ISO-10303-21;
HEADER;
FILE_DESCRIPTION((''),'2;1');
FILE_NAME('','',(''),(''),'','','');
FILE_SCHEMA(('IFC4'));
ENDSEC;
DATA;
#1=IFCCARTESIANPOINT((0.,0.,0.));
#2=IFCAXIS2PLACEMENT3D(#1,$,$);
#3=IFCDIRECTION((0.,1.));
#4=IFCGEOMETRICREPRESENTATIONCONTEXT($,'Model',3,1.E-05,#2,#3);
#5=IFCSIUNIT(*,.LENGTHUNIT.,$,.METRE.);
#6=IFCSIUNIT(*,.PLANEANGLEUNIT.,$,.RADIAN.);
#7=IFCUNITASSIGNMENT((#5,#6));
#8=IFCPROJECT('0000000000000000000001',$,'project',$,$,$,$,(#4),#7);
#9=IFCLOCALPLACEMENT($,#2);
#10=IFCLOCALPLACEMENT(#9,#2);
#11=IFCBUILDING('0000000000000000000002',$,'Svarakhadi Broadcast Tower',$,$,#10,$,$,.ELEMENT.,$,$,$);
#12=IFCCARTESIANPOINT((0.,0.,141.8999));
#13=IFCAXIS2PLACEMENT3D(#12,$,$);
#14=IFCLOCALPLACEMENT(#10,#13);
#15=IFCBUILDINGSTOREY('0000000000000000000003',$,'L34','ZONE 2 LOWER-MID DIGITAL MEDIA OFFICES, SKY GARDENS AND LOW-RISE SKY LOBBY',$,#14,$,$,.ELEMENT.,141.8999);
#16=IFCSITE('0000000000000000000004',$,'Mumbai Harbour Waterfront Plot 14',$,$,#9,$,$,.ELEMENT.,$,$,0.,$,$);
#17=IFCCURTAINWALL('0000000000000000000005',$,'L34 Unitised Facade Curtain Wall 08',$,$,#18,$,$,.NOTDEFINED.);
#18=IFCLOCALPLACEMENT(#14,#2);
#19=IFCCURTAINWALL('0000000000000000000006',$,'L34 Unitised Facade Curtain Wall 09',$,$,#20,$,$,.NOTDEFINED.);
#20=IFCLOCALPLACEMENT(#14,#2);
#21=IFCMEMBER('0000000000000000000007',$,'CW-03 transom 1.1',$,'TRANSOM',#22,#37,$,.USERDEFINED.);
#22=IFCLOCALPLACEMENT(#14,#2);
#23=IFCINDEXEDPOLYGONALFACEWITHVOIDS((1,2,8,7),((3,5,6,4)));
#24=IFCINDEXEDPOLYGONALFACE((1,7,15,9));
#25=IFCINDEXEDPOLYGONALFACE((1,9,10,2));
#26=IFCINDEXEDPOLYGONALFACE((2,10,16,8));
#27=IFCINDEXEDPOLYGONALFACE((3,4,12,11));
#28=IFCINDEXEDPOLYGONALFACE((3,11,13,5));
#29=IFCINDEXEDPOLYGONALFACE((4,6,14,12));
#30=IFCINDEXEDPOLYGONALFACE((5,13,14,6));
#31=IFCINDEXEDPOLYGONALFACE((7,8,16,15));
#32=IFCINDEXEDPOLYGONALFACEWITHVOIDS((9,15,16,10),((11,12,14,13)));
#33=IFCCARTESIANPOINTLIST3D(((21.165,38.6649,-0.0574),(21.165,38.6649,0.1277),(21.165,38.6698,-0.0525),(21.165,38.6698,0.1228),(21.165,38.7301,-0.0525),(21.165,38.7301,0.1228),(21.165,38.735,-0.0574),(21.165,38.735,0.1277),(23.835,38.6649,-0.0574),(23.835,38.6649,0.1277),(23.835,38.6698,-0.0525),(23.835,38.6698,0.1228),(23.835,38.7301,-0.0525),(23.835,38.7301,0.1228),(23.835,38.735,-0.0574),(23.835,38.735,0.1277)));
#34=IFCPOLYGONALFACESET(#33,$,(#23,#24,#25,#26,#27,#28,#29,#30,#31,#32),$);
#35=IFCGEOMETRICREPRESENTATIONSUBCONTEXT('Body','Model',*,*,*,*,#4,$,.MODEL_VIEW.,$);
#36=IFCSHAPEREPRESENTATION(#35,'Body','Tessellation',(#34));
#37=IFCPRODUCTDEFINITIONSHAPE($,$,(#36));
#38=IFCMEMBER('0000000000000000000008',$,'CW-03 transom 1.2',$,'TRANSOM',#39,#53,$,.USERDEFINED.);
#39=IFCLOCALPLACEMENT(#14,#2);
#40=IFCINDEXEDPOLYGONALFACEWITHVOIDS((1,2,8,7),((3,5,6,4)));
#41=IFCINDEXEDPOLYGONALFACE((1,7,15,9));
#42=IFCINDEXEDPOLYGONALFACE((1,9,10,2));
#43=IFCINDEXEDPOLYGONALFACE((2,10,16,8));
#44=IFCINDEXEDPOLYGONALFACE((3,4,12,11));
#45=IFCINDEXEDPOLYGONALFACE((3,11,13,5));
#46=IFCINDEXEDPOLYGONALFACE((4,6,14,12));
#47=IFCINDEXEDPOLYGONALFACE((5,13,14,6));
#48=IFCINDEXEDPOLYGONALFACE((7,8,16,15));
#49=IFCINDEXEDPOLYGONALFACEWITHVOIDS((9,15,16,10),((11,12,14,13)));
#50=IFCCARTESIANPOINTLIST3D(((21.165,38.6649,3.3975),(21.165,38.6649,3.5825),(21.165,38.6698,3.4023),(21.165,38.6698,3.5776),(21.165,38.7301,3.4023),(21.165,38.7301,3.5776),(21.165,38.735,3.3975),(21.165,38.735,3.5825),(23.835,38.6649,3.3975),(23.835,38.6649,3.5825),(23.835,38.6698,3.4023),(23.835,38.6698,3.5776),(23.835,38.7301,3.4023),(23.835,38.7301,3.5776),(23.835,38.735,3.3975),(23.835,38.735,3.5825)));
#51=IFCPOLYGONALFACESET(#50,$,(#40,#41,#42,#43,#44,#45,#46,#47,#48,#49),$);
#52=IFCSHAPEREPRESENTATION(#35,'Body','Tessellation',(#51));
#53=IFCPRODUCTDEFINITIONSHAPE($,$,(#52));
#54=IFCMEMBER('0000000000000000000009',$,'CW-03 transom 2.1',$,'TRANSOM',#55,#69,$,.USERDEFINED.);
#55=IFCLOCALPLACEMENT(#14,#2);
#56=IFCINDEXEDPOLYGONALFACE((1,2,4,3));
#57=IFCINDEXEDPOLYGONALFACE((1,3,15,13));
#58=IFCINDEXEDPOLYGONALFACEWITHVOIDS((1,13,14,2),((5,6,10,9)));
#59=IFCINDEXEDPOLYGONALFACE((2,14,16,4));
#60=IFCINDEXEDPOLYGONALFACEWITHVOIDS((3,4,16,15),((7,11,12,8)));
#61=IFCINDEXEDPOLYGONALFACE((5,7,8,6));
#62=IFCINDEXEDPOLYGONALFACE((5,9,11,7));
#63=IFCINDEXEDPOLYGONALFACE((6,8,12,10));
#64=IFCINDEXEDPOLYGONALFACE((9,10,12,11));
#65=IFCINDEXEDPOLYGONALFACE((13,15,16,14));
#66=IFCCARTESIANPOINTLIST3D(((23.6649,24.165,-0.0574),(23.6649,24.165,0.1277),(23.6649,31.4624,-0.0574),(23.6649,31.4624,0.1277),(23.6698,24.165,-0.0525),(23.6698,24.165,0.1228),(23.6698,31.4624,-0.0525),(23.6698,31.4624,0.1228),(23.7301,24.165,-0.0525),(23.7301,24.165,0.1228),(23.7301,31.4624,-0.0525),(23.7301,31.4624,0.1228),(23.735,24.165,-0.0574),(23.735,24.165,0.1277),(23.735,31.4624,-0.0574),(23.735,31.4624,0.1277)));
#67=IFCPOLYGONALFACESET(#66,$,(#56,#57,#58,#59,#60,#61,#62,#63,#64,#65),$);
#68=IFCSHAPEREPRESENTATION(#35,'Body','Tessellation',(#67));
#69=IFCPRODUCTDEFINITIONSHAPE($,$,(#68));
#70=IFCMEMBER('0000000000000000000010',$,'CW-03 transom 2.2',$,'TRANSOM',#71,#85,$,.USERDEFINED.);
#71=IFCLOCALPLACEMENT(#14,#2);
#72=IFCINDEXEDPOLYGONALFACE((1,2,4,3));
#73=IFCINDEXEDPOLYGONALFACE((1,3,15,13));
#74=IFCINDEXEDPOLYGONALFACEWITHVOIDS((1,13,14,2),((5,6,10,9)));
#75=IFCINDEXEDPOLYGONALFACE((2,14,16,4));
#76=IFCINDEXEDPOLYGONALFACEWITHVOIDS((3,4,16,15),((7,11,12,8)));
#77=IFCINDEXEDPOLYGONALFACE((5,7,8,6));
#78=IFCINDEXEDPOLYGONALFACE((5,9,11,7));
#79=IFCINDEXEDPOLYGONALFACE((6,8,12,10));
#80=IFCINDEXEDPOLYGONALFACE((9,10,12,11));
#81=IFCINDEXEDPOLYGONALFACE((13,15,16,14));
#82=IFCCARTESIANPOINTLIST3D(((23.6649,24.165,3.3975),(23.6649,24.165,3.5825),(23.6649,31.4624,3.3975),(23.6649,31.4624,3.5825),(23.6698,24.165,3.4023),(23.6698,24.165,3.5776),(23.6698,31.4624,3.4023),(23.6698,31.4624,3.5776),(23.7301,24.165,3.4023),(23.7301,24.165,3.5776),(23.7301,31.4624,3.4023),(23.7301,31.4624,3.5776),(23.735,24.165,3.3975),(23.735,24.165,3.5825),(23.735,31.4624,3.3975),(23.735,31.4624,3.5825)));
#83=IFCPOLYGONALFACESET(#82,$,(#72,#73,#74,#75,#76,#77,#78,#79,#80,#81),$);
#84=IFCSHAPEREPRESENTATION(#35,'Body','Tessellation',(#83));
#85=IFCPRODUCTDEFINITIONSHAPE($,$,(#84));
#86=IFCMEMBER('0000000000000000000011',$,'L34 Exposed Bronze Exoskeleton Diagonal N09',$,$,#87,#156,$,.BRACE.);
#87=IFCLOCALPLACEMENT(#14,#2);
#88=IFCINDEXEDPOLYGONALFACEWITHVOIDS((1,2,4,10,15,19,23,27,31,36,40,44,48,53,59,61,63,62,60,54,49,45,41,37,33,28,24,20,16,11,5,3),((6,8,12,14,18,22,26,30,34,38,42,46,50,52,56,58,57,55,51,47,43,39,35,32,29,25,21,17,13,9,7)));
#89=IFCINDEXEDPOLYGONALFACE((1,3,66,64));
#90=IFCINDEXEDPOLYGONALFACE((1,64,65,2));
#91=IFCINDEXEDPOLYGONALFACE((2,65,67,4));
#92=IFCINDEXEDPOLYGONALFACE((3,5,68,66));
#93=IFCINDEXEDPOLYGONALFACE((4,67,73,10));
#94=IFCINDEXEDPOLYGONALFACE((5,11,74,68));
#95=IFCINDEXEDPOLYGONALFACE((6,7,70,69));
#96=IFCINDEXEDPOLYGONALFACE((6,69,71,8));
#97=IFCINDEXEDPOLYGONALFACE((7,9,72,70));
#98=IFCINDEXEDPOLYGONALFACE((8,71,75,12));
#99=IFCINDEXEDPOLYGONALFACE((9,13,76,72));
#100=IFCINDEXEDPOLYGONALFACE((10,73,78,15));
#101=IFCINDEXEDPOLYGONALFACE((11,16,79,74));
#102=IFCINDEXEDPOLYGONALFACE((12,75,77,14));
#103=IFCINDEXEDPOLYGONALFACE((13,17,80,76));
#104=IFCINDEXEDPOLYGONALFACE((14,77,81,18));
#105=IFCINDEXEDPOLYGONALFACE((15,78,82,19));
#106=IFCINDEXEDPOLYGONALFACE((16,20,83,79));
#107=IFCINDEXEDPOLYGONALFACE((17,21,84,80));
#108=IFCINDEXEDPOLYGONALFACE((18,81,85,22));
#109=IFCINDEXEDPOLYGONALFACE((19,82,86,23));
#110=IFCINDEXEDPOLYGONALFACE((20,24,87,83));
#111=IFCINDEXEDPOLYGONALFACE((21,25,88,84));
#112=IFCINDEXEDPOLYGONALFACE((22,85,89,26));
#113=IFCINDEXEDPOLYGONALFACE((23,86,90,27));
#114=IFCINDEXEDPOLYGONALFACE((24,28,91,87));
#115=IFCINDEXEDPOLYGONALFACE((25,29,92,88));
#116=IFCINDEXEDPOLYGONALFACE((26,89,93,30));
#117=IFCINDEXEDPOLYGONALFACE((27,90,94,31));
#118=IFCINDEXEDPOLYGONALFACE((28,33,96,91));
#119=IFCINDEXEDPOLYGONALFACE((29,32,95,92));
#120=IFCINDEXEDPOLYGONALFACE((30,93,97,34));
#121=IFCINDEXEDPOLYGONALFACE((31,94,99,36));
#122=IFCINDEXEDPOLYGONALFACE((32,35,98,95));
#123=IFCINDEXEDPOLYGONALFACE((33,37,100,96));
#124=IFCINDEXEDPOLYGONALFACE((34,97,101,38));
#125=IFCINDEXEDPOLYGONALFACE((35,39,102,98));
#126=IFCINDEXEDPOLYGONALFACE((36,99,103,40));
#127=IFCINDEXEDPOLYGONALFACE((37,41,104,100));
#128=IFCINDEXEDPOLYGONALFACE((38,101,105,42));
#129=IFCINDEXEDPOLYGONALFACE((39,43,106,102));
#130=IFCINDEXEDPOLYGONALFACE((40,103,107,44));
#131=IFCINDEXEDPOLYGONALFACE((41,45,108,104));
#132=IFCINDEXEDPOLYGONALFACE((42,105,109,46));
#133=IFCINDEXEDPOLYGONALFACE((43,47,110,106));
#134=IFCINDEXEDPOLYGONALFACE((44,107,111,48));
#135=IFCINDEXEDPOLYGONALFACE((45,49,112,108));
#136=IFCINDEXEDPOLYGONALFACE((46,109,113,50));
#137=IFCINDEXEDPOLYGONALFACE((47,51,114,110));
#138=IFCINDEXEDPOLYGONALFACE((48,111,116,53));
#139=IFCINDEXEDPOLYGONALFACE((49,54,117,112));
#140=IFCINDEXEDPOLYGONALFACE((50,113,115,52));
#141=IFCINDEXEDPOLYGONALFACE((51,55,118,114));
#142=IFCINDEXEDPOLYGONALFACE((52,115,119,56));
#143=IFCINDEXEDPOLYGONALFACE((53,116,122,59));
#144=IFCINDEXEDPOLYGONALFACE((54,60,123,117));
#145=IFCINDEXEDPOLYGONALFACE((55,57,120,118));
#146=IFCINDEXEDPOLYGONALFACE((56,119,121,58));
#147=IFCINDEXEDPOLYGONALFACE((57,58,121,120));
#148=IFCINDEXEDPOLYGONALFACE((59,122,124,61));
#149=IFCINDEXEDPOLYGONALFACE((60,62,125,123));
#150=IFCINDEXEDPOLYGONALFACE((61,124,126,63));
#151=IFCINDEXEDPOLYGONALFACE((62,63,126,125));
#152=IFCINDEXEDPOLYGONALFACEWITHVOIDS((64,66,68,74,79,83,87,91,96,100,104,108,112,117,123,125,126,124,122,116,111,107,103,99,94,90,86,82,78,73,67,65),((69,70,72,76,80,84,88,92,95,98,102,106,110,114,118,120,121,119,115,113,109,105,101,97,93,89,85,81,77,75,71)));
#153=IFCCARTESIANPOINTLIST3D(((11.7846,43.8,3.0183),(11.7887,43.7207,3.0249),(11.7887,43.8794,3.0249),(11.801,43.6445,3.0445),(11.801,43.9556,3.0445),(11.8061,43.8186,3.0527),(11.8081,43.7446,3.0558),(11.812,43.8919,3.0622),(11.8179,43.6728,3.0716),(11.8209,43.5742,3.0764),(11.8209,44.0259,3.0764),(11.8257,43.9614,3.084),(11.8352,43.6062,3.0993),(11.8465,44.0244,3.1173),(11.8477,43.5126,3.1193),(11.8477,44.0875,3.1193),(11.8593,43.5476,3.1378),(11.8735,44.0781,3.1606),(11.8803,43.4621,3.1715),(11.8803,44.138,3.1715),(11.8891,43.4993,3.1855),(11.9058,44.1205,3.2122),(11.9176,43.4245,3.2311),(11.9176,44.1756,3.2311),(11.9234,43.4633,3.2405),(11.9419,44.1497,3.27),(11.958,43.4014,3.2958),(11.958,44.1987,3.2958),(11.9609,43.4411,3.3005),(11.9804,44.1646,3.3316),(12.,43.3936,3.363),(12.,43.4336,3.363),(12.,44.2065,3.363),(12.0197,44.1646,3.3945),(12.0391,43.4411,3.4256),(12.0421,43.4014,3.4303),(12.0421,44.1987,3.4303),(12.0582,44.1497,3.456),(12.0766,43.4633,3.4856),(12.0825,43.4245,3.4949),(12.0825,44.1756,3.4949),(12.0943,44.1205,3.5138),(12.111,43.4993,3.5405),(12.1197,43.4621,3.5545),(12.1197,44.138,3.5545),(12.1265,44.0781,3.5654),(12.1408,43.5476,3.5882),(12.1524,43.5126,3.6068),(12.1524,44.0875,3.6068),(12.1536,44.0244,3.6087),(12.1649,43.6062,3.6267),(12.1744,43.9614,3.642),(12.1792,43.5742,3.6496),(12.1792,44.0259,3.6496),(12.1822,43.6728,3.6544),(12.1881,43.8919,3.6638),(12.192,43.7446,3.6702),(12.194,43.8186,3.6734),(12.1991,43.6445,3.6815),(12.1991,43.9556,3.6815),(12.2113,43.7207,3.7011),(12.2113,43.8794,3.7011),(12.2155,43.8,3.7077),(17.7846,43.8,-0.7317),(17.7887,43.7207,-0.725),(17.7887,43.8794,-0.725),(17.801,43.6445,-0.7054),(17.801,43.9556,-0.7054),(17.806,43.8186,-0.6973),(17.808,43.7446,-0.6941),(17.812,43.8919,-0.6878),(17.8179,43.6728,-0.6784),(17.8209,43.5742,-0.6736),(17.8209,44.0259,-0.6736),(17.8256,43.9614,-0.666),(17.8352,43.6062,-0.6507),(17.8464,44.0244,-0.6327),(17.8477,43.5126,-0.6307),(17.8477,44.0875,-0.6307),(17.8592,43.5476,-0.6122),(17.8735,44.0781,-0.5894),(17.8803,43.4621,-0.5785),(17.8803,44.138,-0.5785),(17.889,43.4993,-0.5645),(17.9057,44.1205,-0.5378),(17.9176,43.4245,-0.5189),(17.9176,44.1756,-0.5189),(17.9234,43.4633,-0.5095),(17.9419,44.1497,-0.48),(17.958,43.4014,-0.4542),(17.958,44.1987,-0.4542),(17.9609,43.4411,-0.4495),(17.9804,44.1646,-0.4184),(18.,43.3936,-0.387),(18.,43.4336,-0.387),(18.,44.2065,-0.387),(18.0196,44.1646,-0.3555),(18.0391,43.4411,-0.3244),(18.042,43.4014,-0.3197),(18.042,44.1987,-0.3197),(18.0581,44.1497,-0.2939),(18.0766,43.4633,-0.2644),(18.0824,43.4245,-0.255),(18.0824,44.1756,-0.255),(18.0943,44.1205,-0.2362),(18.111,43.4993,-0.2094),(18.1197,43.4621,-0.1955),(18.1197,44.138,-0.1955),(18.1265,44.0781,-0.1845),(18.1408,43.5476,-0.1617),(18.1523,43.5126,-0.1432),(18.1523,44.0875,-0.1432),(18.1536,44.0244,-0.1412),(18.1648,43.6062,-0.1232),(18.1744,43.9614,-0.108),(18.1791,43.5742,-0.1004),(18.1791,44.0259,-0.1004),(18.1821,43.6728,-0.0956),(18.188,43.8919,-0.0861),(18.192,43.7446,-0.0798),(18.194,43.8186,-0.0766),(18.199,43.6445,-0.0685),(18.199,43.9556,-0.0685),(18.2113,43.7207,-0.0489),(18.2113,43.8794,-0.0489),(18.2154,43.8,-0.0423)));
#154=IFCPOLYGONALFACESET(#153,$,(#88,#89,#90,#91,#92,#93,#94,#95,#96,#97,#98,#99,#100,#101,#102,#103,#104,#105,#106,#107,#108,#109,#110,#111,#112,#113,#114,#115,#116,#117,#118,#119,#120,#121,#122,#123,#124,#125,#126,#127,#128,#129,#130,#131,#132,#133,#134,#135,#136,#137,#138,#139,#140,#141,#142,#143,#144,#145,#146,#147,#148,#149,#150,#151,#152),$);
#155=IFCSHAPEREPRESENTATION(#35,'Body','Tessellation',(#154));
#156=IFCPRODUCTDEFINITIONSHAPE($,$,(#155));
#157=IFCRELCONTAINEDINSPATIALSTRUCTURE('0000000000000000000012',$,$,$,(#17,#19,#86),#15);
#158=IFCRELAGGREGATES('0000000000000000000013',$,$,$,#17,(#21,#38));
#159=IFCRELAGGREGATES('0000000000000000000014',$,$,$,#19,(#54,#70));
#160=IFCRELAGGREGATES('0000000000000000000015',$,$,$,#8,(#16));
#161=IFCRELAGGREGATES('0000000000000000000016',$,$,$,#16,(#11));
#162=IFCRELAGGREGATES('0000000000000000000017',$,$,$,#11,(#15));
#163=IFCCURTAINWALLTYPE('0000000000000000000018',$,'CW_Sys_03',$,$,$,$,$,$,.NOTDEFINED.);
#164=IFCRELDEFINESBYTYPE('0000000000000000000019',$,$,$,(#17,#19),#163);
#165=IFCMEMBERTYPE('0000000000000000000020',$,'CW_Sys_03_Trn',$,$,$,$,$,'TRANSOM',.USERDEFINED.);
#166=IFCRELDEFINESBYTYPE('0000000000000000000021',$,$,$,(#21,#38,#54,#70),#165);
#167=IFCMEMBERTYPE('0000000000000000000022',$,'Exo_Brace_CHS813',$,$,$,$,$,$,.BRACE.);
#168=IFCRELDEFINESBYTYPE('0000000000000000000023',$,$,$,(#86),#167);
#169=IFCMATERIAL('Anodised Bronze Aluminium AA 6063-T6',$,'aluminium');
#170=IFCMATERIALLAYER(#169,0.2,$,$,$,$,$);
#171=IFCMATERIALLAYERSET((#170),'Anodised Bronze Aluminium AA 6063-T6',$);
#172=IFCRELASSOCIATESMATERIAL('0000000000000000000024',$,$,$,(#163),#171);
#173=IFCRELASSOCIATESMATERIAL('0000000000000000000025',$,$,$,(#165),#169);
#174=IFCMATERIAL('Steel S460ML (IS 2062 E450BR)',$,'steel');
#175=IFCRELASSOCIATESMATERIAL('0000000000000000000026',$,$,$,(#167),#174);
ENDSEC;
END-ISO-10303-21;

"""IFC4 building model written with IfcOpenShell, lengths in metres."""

from ifc_helpers import new_model, si_unit, direction, frame, origin, origin_2d, place, context, subcontext, project, spatial, hollow_rectangle, hollow_circle, extrude, material, layer, layer_set, material_profile, profile_set, type_object, element, aggregate, save


model = new_model("IFC4")

# Units and contexts
model_context = context("Model", 3, precision=1e-05, world=origin(), true_north=direction((0.0, 1.0)))
body_context = subcontext(model_context, "Body", "Model", "MODEL_VIEW")
ifc_project = project(units=[si_unit("LENGTHUNIT", "METRE"), si_unit("PLANEANGLEUNIT", "RADIAN")], contexts=[model_context])

# Site, building, storey
site_placement = place(None, origin())
site = spatial("IfcSite", under=ifc_project, at=site_placement, Name="Mumbai Harbour Waterfront Plot 14", CompositionType="ELEMENT", RefElevation=0.0)
building_placement = place(site_placement, origin())
building = spatial("IfcBuilding", under=site, at=building_placement, Name="Svarakhadi Broadcast Tower", CompositionType="ELEMENT")
storey_placement = place(building_placement, frame((0.0, 0.0, 141.8999)))
storey = spatial("IfcBuildingStorey", under=building, at=storey_placement, Name="L34", Description="ZONE 2 LOWER-MID DIGITAL MEDIA OFFICES, SKY GARDENS AND LOW-RISE SKY LOBBY", CompositionType="ELEMENT", Elevation=141.8999)

# Shared definitions
ifc_material_1 = material(Name="Anodised Bronze Aluminium AA 6063-T6", Category="aluminium")
ifc_layer_1 = layer(ifc_material_1, 0.2)
ifc_layer_set_1 = layer_set([ifc_layer_1], Name="Anodised Bronze Aluminium AA 6063-T6")
curtain_wall_type = type_object("IfcCurtainWallType", Name="CW_Sys_03", PredefinedType="NOTDEFINED", material=ifc_layer_set_1)

# Curtain wall
curtain_wall_1_placement = place(storey_placement, origin())
curtain_wall_1 = element("IfcCurtainWall", 1, at=curtain_wall_1_placement, inside=storey, type_object=curtain_wall_type, Name="L34 Unitised Facade Curtain Wall 08", PredefinedType="NOTDEFINED")

# Curtain wall
curtain_wall_2_placement = place(storey_placement, origin())
curtain_wall_2 = element("IfcCurtainWall", 2, at=curtain_wall_2_placement, inside=storey, type_object=curtain_wall_type, Name="L34 Unitised Facade Curtain Wall 09", PredefinedType="NOTDEFINED")

# Members
ifc_material_profile_1 = material_profile(ifc_material_1, hollow_rectangle(XDim=0.0701, YDim=0.1851, WallThickness=0.0049, at=origin_2d()), Name="ALU TRANSOM 185x70x5")
ifc_profile_set_1 = profile_set([ifc_material_profile_1], Name="Anodised Bronze Aluminium AA 6063-T6")
member_type_1 = type_object("IfcMemberType", Name="CW_Sys_03_Trn", ElementType="TRANSOM", PredefinedType="USERDEFINED", material=ifc_profile_set_1)
member_1_placement = place(storey_placement, frame((21.165, 38.7, 0.0352), z_axis=(1.0, 0.0, 0.0), x_axis=(0.0, 1.0, 0.0)))
member_1 = element("IfcMember", 3, at=member_1_placement, type_object=member_type_1, Name="CW-03 transom 1.1", ObjectType="TRANSOM", PredefinedType="USERDEFINED", context=body_context, shape_type="SweptSolid", body=[
    extrude(hollow_rectangle(XDim=0.0701, YDim=0.1851, WallThickness=0.0049, at=origin_2d()), origin(), (0.0, 0.0, 1.0), 2.6699),
])
member_2_placement = place(storey_placement, frame((21.165, 38.7, 3.49), z_axis=(1.0, 0.0, 0.0), x_axis=(0.0, 1.0, 0.0)))
member_2 = element("IfcMember", 4, at=member_2_placement, type_object=member_type_1, Name="CW-03 transom 1.2", ObjectType="TRANSOM", PredefinedType="USERDEFINED", context=body_context, shape_type="SweptSolid", body=[
    extrude(hollow_rectangle(XDim=0.0701, YDim=0.1851, WallThickness=0.0049, at=origin_2d()), origin(), (0.0, 0.0, 1.0), 2.6699),
])
member_3_placement = place(storey_placement, frame((23.7, 31.4624, 0.0352), z_axis=(0.0, -1.0, 0.0), x_axis=(1.0, 0.0, 0.0)))
member_3 = element("IfcMember", 5, at=member_3_placement, type_object=member_type_1, Name="CW-03 transom 2.1", ObjectType="TRANSOM", PredefinedType="USERDEFINED", context=body_context, shape_type="SweptSolid", body=[
    extrude(hollow_rectangle(XDim=0.0701, YDim=0.1851, WallThickness=0.0049, at=origin_2d()), origin(), (0.0, 0.0, 1.0), 7.2974),
])
member_4_placement = place(storey_placement, frame((23.7, 31.4624, 3.49), z_axis=(0.0, -1.0, 0.0), x_axis=(1.0, 0.0, 0.0)))
member_4 = element("IfcMember", 6, at=member_4_placement, type_object=member_type_1, Name="CW-03 transom 2.2", ObjectType="TRANSOM", PredefinedType="USERDEFINED", context=body_context, shape_type="SweptSolid", body=[
    extrude(hollow_rectangle(XDim=0.0701, YDim=0.1851, WallThickness=0.0049, at=origin_2d()), origin(), (0.0, 0.0, 1.0), 7.2974),
])

# Member
ifc_material_2 = material(Name="Steel S460ML (IS 2062 E450BR)", Category="steel")
ifc_material_profile_2 = material_profile(ifc_material_2, hollow_circle(Radius=0.4065, WallThickness=0.04, at=origin_2d()), Name="CHS 813x40")
ifc_profile_set_2 = profile_set([ifc_material_profile_2], Name="Steel S460ML (IS 2062 E450BR)")
member_type_2 = type_object("IfcMemberType", Name="Exo_Brace_CHS813", PredefinedType="BRACE", material=ifc_profile_set_2)
member_5_placement = place(storey_placement, frame((18.0, 43.8, -0.387), z_axis=(-0.847998, 0.0, 0.529999), x_axis=(0.0, -1.0, 0.0)))
element("IfcMember", 7, at=member_5_placement, inside=storey, type_object=member_type_2, Name="L34 Exposed Bronze Exoskeleton Diagonal N09", PredefinedType="BRACE", context=body_context, shape_type="SweptSolid", body=[
    extrude(hollow_circle(Radius=0.4065, WallThickness=0.04, at=origin_2d()), origin(), (0.0, 0.0, 1.0), 7.0754),
])

aggregate(curtain_wall_1, [member_1, member_2])
aggregate(curtain_wall_2, [member_3, member_4])

save(model, "model.ifc")
